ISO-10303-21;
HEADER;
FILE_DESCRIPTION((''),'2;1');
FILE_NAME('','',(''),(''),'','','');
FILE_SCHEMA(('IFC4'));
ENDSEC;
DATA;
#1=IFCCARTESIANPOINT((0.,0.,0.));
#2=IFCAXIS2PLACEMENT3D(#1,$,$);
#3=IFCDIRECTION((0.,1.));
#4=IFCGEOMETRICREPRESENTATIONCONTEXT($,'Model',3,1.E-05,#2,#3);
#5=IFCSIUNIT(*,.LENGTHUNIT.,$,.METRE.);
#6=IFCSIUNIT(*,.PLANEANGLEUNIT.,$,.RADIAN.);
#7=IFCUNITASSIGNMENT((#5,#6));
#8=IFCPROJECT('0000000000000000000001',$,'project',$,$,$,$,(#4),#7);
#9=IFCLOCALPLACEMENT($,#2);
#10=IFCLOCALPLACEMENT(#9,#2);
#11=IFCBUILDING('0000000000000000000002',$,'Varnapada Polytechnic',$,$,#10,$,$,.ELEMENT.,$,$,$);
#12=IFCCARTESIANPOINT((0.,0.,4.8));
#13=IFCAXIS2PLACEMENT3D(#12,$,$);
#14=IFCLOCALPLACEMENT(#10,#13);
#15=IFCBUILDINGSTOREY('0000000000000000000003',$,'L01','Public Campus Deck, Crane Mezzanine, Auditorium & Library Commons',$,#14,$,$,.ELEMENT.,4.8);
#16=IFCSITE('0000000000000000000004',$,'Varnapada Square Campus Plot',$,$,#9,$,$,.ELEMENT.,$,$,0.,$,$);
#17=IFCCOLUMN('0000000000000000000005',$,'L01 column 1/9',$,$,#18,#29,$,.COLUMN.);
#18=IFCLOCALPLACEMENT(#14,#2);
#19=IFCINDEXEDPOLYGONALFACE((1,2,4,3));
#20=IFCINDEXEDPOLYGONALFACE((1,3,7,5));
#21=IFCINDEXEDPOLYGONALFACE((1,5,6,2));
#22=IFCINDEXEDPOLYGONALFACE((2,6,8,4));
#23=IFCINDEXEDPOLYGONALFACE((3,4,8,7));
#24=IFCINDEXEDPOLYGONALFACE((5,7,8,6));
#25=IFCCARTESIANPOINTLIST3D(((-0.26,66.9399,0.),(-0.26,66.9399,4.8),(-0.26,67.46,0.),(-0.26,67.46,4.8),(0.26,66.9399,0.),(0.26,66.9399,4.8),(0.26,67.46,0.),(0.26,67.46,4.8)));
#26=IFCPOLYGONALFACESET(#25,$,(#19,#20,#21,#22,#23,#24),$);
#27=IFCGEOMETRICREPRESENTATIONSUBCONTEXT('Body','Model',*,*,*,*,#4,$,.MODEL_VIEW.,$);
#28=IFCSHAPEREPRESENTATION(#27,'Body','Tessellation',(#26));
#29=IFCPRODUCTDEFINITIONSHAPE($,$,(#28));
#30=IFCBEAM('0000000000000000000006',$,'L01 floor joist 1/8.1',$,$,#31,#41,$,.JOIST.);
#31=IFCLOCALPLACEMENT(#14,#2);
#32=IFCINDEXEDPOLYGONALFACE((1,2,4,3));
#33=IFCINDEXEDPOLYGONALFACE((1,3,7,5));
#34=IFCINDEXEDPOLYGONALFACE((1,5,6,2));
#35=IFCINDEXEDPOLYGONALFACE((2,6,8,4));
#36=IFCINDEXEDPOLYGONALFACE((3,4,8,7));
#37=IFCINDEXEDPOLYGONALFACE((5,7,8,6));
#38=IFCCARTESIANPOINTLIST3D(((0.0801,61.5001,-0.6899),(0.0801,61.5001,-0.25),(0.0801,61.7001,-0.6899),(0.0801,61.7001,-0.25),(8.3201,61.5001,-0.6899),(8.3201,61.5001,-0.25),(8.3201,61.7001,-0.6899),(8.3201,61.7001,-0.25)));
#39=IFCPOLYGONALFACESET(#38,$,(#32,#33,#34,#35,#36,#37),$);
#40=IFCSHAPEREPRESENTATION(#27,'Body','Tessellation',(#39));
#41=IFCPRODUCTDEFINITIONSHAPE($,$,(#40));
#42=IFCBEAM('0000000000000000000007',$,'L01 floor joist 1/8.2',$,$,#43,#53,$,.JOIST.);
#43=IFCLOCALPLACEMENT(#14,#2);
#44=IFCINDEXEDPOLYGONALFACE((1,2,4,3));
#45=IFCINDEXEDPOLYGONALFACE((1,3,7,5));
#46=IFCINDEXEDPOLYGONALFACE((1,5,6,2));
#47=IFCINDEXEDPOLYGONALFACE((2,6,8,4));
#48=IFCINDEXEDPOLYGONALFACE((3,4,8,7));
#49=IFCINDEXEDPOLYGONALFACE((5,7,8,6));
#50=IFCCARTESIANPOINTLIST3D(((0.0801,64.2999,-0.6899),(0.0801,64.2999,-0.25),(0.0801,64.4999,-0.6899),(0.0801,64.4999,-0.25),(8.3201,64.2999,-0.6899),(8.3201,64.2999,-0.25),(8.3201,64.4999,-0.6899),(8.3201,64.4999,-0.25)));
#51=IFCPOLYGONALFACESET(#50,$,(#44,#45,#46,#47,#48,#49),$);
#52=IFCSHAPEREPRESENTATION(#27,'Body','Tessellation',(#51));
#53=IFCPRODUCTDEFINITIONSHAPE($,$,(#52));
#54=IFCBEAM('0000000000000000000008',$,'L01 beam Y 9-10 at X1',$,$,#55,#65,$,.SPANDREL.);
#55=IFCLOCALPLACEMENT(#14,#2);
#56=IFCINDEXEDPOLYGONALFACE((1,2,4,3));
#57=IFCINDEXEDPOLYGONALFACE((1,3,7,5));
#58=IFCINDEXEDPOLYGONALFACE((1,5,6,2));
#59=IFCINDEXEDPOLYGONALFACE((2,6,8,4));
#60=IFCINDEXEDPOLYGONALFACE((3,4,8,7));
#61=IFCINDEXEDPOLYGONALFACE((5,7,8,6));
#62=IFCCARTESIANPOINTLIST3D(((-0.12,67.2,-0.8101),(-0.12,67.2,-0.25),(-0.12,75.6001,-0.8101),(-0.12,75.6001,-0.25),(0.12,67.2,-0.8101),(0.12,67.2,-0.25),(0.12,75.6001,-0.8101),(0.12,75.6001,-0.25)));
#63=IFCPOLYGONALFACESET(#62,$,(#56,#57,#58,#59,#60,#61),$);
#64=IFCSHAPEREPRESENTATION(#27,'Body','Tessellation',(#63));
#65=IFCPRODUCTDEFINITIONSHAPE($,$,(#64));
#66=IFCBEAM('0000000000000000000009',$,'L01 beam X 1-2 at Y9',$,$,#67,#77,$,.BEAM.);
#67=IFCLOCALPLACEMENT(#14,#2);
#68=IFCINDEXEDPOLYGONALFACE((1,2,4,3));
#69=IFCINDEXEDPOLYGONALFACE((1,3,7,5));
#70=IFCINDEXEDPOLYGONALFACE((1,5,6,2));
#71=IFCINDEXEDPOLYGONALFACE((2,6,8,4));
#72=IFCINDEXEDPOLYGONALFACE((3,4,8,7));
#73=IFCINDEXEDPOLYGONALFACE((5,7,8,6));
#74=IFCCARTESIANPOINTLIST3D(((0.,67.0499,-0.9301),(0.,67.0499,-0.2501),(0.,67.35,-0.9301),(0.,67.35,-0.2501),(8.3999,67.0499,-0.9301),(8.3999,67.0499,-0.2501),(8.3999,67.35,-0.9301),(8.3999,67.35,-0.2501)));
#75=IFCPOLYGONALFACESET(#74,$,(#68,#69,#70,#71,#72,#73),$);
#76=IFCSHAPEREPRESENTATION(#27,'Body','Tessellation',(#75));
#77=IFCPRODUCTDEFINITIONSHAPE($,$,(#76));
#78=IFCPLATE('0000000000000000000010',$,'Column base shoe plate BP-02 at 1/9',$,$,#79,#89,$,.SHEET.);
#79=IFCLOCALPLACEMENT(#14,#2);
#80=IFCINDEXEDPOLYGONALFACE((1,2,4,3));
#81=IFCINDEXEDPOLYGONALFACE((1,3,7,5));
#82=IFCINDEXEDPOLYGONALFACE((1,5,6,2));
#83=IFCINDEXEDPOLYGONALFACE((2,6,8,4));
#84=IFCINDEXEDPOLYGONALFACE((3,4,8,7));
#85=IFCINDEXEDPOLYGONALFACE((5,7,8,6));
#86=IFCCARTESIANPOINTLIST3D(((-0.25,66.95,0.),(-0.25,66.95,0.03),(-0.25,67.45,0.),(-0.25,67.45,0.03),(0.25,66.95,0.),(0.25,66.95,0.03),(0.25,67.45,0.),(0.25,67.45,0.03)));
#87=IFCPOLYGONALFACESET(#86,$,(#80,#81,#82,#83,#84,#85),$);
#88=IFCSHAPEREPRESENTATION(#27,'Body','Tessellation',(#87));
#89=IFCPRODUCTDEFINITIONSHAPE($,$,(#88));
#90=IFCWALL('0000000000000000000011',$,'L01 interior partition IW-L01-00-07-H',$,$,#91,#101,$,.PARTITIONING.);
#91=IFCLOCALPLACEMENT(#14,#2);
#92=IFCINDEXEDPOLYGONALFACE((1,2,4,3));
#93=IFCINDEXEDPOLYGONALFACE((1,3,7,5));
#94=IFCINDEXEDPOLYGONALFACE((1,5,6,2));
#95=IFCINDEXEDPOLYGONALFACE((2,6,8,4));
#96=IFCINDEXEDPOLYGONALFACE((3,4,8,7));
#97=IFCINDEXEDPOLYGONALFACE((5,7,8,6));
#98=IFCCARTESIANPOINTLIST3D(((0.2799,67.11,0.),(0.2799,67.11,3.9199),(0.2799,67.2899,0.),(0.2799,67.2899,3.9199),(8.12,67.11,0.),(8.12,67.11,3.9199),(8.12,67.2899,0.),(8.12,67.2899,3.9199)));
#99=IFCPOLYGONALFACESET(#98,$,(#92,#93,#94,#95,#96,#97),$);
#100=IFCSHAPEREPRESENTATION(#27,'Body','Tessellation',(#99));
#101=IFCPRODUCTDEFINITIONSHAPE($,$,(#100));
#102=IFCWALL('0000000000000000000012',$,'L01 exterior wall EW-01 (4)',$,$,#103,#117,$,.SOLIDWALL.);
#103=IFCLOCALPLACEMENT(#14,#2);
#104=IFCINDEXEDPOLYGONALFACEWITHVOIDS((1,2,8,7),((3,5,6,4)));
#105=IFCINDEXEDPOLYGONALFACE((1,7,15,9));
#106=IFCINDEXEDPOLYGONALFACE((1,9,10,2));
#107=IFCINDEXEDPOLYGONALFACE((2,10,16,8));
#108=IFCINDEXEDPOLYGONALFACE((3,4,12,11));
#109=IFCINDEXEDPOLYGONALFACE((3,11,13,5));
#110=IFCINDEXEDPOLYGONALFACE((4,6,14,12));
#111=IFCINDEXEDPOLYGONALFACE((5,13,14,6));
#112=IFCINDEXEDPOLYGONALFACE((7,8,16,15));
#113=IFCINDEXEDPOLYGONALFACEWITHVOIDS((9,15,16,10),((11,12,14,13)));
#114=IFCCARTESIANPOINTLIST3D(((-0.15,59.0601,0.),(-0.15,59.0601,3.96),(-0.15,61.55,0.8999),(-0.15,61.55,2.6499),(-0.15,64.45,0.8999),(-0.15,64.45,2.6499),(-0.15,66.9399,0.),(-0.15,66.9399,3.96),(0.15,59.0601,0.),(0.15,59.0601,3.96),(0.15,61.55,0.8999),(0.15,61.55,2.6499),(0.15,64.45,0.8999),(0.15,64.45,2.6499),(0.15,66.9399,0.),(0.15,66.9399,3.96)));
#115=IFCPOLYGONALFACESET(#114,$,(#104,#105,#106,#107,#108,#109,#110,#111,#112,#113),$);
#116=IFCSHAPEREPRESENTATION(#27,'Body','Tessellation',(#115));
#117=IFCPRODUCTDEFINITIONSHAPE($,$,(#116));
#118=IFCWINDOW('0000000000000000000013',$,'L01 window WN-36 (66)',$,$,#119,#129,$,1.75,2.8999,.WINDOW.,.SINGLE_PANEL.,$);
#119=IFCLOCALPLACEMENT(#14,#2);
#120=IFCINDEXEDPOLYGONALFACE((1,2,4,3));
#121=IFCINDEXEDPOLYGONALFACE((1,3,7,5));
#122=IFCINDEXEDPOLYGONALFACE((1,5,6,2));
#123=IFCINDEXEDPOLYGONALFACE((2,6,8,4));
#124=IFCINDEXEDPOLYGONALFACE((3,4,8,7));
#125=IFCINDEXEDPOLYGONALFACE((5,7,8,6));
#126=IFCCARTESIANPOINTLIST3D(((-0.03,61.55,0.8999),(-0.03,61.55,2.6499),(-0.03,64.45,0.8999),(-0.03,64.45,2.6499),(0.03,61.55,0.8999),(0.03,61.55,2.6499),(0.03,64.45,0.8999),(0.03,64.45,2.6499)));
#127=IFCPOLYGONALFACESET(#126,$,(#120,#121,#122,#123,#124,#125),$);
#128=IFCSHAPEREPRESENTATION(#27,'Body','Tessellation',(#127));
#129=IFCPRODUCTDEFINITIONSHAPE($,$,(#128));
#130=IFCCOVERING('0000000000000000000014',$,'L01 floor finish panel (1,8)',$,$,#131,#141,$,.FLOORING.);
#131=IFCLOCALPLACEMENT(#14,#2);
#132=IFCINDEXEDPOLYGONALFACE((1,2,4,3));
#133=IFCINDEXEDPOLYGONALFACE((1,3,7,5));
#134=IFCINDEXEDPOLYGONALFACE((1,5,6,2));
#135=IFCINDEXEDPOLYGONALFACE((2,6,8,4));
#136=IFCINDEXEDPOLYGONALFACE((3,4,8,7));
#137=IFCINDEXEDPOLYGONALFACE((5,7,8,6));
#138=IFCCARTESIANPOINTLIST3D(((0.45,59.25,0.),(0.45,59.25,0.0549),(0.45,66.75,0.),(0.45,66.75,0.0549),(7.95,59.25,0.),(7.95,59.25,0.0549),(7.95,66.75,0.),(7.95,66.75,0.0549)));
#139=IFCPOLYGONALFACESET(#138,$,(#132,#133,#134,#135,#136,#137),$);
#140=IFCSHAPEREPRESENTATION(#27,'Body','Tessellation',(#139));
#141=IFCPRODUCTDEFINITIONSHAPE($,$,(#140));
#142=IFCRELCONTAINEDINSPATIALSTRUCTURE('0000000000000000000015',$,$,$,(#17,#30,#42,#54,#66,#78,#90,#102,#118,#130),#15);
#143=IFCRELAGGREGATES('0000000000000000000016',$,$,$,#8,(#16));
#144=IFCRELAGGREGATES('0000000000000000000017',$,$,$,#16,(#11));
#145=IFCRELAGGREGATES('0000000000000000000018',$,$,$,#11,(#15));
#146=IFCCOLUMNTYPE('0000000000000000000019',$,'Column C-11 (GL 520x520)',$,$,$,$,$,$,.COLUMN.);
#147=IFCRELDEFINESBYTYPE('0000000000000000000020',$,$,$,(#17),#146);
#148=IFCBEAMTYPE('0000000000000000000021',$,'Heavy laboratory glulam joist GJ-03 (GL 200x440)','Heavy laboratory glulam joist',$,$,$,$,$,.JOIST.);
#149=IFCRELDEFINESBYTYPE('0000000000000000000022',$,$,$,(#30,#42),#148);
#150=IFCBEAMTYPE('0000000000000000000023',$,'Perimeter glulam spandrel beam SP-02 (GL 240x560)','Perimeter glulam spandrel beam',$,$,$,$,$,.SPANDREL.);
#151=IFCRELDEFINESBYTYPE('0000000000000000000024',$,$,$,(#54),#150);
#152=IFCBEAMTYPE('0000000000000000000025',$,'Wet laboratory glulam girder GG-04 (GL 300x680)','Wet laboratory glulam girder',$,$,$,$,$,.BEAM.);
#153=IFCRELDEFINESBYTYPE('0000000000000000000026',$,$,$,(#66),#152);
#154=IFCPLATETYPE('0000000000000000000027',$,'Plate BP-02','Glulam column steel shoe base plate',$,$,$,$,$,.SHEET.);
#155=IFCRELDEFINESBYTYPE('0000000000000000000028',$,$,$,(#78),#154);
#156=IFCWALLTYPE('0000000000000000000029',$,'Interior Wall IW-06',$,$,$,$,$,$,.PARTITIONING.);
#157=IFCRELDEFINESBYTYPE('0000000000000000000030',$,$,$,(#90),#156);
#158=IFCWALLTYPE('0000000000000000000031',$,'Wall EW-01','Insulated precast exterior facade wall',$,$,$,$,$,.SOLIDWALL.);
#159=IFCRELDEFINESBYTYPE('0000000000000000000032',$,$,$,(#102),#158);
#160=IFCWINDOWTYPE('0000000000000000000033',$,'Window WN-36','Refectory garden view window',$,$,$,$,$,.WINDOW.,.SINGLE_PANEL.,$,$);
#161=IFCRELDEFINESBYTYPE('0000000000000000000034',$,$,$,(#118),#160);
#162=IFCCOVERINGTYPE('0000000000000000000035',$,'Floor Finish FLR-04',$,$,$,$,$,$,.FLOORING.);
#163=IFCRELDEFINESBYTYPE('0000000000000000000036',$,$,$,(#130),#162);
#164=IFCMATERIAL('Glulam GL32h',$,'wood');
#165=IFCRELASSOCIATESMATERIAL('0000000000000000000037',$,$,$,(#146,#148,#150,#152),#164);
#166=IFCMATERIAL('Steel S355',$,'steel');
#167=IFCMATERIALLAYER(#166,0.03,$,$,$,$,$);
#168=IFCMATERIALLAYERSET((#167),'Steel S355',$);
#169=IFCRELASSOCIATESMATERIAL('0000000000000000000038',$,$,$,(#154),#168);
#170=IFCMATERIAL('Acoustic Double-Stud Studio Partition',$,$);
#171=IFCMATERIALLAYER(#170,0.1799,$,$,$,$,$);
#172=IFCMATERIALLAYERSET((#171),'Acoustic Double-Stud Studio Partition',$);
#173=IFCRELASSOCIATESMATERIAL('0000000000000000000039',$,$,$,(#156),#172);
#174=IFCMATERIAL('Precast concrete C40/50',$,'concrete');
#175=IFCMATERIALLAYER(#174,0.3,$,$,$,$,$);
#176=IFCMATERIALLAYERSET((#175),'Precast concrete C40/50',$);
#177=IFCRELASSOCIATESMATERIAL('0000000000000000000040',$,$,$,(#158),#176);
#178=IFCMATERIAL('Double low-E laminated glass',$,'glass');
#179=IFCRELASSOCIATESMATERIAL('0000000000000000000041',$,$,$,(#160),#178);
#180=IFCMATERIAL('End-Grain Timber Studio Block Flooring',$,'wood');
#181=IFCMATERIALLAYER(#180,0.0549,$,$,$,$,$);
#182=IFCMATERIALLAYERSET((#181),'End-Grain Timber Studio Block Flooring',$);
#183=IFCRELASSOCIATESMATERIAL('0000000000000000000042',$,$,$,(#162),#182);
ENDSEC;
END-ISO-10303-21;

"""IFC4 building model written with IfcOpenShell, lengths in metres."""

from ifc_helpers import new_model, si_unit, direction, frame, frame_2d, origin, origin_2d, place, context, subcontext, project, spatial, rectangle, extrude, material, layer, layer_set, material_profile, profile_set, type_object, element, fill, save


model = new_model("IFC4")

# Units and contexts
model_context = context("Model", 3, precision=1e-05, world=origin(), true_north=direction((0.0, 1.0)))
body_context = subcontext(model_context, "Body", "Model", "MODEL_VIEW")
ifc_project = project(units=[si_unit("LENGTHUNIT", "METRE"), si_unit("PLANEANGLEUNIT", "RADIAN")], contexts=[model_context])

# Site, building, storey
site_placement = place(None, origin())
site = spatial("IfcSite", under=ifc_project, at=site_placement, Name="Varnapada Square Campus Plot", CompositionType="ELEMENT", RefElevation=0.0)
building_placement = place(site_placement, origin())
building = spatial("IfcBuilding", under=site, at=building_placement, Name="Varnapada Polytechnic", CompositionType="ELEMENT")
storey_placement = place(building_placement, frame((0.0, 0.0, 4.8)))
storey = spatial("IfcBuildingStorey", under=building, at=storey_placement, Name="L01", Description="Public Campus Deck, Crane Mezzanine, Auditorium & Library Commons", CompositionType="ELEMENT", Elevation=4.8)

# Column
ifc_material_1 = material(Name="Glulam GL32h", Category="wood")
ifc_material_profile_1 = material_profile(ifc_material_1, rectangle(XDim=0.52, YDim=0.52, at=origin_2d()), Name="GL 520x520")
ifc_profile_set_1 = profile_set([ifc_material_profile_1], Name="Glulam GL32h")
column_type = type_object("IfcColumnType", Name="Column C-11 (GL 520x520)", PredefinedType="COLUMN", material=ifc_profile_set_1)
column_placement = place(storey_placement, frame((0.0, 67.2, 0.0), z_axis=(0.0, 0.0, 1.0), x_axis=(1.0, 0.0, 0.0)))
element("IfcColumn", 1, at=column_placement, inside=storey, type_object=column_type, Name="L01 column 1/9", PredefinedType="COLUMN", context=body_context, shape_type="SweptSolid", body=[
    extrude(rectangle(XDim=0.52, YDim=0.52, at=origin_2d()), origin(), (0.0, 0.0, 1.0), 4.8),
])

# Beams
ifc_material_profile_2 = material_profile(ifc_material_1, rectangle(XDim=0.2, YDim=0.4399, at=origin_2d()), Name="GL 200x440")
ifc_profile_set_2 = profile_set([ifc_material_profile_2], Name="Glulam GL32h")
beam_type_1 = type_object("IfcBeamType", Name="Heavy laboratory glulam joist GJ-03 (GL 200x440)", Description="Heavy laboratory glulam joist", PredefinedType="JOIST", material=ifc_profile_set_2)
for number, where, z_axis, x_axis, name in (
    (2, (0.0801, 61.6001, -0.47), (1.0, 0.0, 0.0), (0.0, 1.0, 0.0), "L01 floor joist 1/8.1"),
    (3, (0.0801, 64.3999, -0.47), (1.0, 0.0, 0.0), (0.0, 1.0, 0.0), "L01 floor joist 1/8.2"),
):
    element("IfcBeam", number, at=place(storey_placement, frame(where, z_axis=z_axis, x_axis=x_axis)), inside=storey, type_object=beam_type_1, Name=name, PredefinedType="JOIST", context=body_context, shape_type="SweptSolid", body=[
        extrude(rectangle(XDim=0.2, YDim=0.4399, at=origin_2d()), origin(), (0.0, 0.0, 1.0), 8.24),
    ])
ifc_material_profile_3 = material_profile(ifc_material_1, rectangle(XDim=0.24, YDim=0.5601, at=origin_2d()), Name="GL 240x560")
ifc_profile_set_3 = profile_set([ifc_material_profile_3], Name="Glulam GL32h")
beam_type_2 = type_object("IfcBeamType", Name="Perimeter glulam spandrel beam SP-02 (GL 240x560)", Description="Perimeter glulam spandrel beam", PredefinedType="SPANDREL", material=ifc_profile_set_3)
beam_1_placement = place(storey_placement, frame((0.0, 67.2, -0.53), z_axis=(0.0, 1.0, 0.0), x_axis=(-1.0, 0.0, 0.0)))
element("IfcBeam", 4, at=beam_1_placement, inside=storey, type_object=beam_type_2, Name="L01 beam Y 9-10 at X1", PredefinedType="SPANDREL", context=body_context, shape_type="SweptSolid", body=[
    extrude(rectangle(XDim=0.24, YDim=0.5601, at=origin_2d()), origin(), (0.0, 0.0, 1.0), 8.4001),
])
ifc_material_profile_4 = material_profile(ifc_material_1, rectangle(XDim=0.3, YDim=0.6799, at=origin_2d()), Name="GL 300x680")
ifc_profile_set_4 = profile_set([ifc_material_profile_4], Name="Glulam GL32h")
beam_type_3 = type_object("IfcBeamType", Name="Wet laboratory glulam girder GG-04 (GL 300x680)", Description="Wet laboratory glulam girder", PredefinedType="BEAM", material=ifc_profile_set_4)
beam_2_placement = place(storey_placement, frame((0.0, 67.2, -0.5901), z_axis=(1.0, 0.0, 0.0), x_axis=(0.0, 1.0, 0.0)))
element("IfcBeam", 5, at=beam_2_placement, inside=storey, type_object=beam_type_3, Name="L01 beam X 1-2 at Y9", PredefinedType="BEAM", context=body_context, shape_type="SweptSolid", body=[
    extrude(rectangle(XDim=0.3, YDim=0.6799, at=origin_2d()), origin(), (0.0, 0.0, 1.0), 8.3999),
])

# Plate
ifc_material_2 = material(Name="Steel S355", Category="steel")
ifc_layer_1 = layer(ifc_material_2, 0.03)
ifc_layer_set_1 = layer_set([ifc_layer_1], Name="Steel S355")
plate_type = type_object("IfcPlateType", Name="Plate BP-02", Description="Glulam column steel shoe base plate", PredefinedType="SHEET", material=ifc_layer_set_1)
plate_placement = place(storey_placement, frame((0.0, 67.2, 0.0), z_axis=(0.0, 0.0, 1.0), x_axis=(1.0, 0.0, 0.0)))
element("IfcPlate", 6, at=plate_placement, inside=storey, type_object=plate_type, Name="Column base shoe plate BP-02 at 1/9", PredefinedType="SHEET", context=body_context, shape_type="SweptSolid", body=[
    extrude(rectangle(XDim=0.5, YDim=0.5, at=origin_2d()), origin(), (0.0, 0.0, 1.0), 0.03),
])

# Wall
ifc_material_3 = material(Name="Acoustic Double-Stud Studio Partition")
ifc_layer_2 = layer(ifc_material_3, 0.1799)
ifc_layer_set_2 = layer_set([ifc_layer_2], Name="Acoustic Double-Stud Studio Partition")
wall_type_1 = type_object("IfcWallType", Name="Interior Wall IW-06", PredefinedType="PARTITIONING", material=ifc_layer_set_2)
wall_1_placement = place(storey_placement, frame((0.28, 67.2, 0.0), z_axis=(0.0, 0.0, 1.0), x_axis=(1.0, 0.0, 0.0)))
element("IfcWall", 7, at=wall_1_placement, inside=storey, type_object=wall_type_1, Name="L01 interior partition IW-L01-00-07-H", PredefinedType="PARTITIONING", context=body_context, shape_type="SweptSolid", body=[
    extrude(rectangle(XDim=7.8401, YDim=0.1799, at=frame_2d((3.9199, 0.0))), origin(), (0.0, 0.0, 1.0), 3.9199),
])

# Wall, opening, window
ifc_material_4 = material(Name="Precast concrete C40/50", Category="concrete")
ifc_layer_3 = layer(ifc_material_4, 0.3)
ifc_layer_set_3 = layer_set([ifc_layer_3], Name="Precast concrete C40/50")
wall_type_2 = type_object("IfcWallType", Name="Wall EW-01", Description="Insulated precast exterior facade wall", PredefinedType="SOLIDWALL", material=ifc_layer_set_3)
wall_2_placement = place(storey_placement, frame((0.0, 59.0601, 0.0), z_axis=(0.0, 0.0, 1.0), x_axis=(0.0, 1.0, 0.0)))
wall_2 = element("IfcWall", 8, at=wall_2_placement, inside=storey, type_object=wall_type_2, Name="L01 exterior wall EW-01 (4)", PredefinedType="SOLIDWALL", context=body_context, shape_type="SweptSolid", body=[
    extrude(rectangle(XDim=7.8799, YDim=0.3, at=frame_2d((3.9399, 0.0))), origin(), (0.0, 0.0, 1.0), 3.96),
])
opening_1_placement = place(wall_2_placement, frame((2.49, 0.0, 0.8999)))
opening_1 = element("IfcOpeningElement", 9, at=opening_1_placement, cuts=wall_2, PredefinedType="OPENING", context=body_context, shape_type="SweptSolid", body=[
    extrude(rectangle(XDim=2.8999, YDim=1.75, at=frame_2d((1.45, 0.875))), frame((0.0, 0.1599, 0.0), z_axis=(0.0, -1.0, 0.0), x_axis=(1.0, 0.0, 0.0)), (0.0, 0.0, 1.0), 0.3201),
])
ifc_material_5 = material(Name="Double low-E laminated glass", Category="glass")
window_type = type_object("IfcWindowType", Name="Window WN-36", Description="Refectory garden view window", PartitioningType="SINGLE_PANEL", PredefinedType="WINDOW", material=ifc_material_5)
window_placement = place(opening_1_placement, origin())
window = element("IfcWindow", 10, at=window_placement, inside=storey, type_object=window_type, Name="L01 window WN-36 (66)", OverallHeight=1.75, OverallWidth=2.8999, PartitioningType="SINGLE_PANEL", PredefinedType="WINDOW", context=body_context, shape_type="SweptSolid", body=[
    extrude(rectangle(XDim=2.8999, YDim=1.75, at=frame_2d((1.45, 0.875))), frame((0.0, 0.03, 0.0), z_axis=(0.0, -1.0, 0.0), x_axis=(1.0, 0.0, 0.0)), (0.0, 0.0, 1.0), 0.0601),
])
fill(opening_1, window)

# Covering
ifc_material_6 = material(Name="End-Grain Timber Studio Block Flooring", Category="wood")
ifc_layer_4 = layer(ifc_material_6, 0.0549)
ifc_layer_set_4 = layer_set([ifc_layer_4], Name="End-Grain Timber Studio Block Flooring")
covering_type_1 = type_object("IfcCoveringType", Name="Floor Finish FLR-04", PredefinedType="FLOORING", material=ifc_layer_set_4)
covering_1_placement = place(storey_placement, frame((4.2, 63.0, 0.0), z_axis=(0.0, 0.0, 1.0), x_axis=(1.0, 0.0, 0.0)))
element("IfcCovering", 11, at=covering_1_placement, inside=storey, type_object=covering_type_1, Name="L01 floor finish panel (1,8)", PredefinedType="FLOORING", context=body_context, shape_type="SweptSolid", body=[
    extrude(rectangle(XDim=7.5, YDim=7.5, at=origin_2d()), origin(), (0.0, 0.0, 1.0), 0.0549),
])

save(model, "model.ifc")
